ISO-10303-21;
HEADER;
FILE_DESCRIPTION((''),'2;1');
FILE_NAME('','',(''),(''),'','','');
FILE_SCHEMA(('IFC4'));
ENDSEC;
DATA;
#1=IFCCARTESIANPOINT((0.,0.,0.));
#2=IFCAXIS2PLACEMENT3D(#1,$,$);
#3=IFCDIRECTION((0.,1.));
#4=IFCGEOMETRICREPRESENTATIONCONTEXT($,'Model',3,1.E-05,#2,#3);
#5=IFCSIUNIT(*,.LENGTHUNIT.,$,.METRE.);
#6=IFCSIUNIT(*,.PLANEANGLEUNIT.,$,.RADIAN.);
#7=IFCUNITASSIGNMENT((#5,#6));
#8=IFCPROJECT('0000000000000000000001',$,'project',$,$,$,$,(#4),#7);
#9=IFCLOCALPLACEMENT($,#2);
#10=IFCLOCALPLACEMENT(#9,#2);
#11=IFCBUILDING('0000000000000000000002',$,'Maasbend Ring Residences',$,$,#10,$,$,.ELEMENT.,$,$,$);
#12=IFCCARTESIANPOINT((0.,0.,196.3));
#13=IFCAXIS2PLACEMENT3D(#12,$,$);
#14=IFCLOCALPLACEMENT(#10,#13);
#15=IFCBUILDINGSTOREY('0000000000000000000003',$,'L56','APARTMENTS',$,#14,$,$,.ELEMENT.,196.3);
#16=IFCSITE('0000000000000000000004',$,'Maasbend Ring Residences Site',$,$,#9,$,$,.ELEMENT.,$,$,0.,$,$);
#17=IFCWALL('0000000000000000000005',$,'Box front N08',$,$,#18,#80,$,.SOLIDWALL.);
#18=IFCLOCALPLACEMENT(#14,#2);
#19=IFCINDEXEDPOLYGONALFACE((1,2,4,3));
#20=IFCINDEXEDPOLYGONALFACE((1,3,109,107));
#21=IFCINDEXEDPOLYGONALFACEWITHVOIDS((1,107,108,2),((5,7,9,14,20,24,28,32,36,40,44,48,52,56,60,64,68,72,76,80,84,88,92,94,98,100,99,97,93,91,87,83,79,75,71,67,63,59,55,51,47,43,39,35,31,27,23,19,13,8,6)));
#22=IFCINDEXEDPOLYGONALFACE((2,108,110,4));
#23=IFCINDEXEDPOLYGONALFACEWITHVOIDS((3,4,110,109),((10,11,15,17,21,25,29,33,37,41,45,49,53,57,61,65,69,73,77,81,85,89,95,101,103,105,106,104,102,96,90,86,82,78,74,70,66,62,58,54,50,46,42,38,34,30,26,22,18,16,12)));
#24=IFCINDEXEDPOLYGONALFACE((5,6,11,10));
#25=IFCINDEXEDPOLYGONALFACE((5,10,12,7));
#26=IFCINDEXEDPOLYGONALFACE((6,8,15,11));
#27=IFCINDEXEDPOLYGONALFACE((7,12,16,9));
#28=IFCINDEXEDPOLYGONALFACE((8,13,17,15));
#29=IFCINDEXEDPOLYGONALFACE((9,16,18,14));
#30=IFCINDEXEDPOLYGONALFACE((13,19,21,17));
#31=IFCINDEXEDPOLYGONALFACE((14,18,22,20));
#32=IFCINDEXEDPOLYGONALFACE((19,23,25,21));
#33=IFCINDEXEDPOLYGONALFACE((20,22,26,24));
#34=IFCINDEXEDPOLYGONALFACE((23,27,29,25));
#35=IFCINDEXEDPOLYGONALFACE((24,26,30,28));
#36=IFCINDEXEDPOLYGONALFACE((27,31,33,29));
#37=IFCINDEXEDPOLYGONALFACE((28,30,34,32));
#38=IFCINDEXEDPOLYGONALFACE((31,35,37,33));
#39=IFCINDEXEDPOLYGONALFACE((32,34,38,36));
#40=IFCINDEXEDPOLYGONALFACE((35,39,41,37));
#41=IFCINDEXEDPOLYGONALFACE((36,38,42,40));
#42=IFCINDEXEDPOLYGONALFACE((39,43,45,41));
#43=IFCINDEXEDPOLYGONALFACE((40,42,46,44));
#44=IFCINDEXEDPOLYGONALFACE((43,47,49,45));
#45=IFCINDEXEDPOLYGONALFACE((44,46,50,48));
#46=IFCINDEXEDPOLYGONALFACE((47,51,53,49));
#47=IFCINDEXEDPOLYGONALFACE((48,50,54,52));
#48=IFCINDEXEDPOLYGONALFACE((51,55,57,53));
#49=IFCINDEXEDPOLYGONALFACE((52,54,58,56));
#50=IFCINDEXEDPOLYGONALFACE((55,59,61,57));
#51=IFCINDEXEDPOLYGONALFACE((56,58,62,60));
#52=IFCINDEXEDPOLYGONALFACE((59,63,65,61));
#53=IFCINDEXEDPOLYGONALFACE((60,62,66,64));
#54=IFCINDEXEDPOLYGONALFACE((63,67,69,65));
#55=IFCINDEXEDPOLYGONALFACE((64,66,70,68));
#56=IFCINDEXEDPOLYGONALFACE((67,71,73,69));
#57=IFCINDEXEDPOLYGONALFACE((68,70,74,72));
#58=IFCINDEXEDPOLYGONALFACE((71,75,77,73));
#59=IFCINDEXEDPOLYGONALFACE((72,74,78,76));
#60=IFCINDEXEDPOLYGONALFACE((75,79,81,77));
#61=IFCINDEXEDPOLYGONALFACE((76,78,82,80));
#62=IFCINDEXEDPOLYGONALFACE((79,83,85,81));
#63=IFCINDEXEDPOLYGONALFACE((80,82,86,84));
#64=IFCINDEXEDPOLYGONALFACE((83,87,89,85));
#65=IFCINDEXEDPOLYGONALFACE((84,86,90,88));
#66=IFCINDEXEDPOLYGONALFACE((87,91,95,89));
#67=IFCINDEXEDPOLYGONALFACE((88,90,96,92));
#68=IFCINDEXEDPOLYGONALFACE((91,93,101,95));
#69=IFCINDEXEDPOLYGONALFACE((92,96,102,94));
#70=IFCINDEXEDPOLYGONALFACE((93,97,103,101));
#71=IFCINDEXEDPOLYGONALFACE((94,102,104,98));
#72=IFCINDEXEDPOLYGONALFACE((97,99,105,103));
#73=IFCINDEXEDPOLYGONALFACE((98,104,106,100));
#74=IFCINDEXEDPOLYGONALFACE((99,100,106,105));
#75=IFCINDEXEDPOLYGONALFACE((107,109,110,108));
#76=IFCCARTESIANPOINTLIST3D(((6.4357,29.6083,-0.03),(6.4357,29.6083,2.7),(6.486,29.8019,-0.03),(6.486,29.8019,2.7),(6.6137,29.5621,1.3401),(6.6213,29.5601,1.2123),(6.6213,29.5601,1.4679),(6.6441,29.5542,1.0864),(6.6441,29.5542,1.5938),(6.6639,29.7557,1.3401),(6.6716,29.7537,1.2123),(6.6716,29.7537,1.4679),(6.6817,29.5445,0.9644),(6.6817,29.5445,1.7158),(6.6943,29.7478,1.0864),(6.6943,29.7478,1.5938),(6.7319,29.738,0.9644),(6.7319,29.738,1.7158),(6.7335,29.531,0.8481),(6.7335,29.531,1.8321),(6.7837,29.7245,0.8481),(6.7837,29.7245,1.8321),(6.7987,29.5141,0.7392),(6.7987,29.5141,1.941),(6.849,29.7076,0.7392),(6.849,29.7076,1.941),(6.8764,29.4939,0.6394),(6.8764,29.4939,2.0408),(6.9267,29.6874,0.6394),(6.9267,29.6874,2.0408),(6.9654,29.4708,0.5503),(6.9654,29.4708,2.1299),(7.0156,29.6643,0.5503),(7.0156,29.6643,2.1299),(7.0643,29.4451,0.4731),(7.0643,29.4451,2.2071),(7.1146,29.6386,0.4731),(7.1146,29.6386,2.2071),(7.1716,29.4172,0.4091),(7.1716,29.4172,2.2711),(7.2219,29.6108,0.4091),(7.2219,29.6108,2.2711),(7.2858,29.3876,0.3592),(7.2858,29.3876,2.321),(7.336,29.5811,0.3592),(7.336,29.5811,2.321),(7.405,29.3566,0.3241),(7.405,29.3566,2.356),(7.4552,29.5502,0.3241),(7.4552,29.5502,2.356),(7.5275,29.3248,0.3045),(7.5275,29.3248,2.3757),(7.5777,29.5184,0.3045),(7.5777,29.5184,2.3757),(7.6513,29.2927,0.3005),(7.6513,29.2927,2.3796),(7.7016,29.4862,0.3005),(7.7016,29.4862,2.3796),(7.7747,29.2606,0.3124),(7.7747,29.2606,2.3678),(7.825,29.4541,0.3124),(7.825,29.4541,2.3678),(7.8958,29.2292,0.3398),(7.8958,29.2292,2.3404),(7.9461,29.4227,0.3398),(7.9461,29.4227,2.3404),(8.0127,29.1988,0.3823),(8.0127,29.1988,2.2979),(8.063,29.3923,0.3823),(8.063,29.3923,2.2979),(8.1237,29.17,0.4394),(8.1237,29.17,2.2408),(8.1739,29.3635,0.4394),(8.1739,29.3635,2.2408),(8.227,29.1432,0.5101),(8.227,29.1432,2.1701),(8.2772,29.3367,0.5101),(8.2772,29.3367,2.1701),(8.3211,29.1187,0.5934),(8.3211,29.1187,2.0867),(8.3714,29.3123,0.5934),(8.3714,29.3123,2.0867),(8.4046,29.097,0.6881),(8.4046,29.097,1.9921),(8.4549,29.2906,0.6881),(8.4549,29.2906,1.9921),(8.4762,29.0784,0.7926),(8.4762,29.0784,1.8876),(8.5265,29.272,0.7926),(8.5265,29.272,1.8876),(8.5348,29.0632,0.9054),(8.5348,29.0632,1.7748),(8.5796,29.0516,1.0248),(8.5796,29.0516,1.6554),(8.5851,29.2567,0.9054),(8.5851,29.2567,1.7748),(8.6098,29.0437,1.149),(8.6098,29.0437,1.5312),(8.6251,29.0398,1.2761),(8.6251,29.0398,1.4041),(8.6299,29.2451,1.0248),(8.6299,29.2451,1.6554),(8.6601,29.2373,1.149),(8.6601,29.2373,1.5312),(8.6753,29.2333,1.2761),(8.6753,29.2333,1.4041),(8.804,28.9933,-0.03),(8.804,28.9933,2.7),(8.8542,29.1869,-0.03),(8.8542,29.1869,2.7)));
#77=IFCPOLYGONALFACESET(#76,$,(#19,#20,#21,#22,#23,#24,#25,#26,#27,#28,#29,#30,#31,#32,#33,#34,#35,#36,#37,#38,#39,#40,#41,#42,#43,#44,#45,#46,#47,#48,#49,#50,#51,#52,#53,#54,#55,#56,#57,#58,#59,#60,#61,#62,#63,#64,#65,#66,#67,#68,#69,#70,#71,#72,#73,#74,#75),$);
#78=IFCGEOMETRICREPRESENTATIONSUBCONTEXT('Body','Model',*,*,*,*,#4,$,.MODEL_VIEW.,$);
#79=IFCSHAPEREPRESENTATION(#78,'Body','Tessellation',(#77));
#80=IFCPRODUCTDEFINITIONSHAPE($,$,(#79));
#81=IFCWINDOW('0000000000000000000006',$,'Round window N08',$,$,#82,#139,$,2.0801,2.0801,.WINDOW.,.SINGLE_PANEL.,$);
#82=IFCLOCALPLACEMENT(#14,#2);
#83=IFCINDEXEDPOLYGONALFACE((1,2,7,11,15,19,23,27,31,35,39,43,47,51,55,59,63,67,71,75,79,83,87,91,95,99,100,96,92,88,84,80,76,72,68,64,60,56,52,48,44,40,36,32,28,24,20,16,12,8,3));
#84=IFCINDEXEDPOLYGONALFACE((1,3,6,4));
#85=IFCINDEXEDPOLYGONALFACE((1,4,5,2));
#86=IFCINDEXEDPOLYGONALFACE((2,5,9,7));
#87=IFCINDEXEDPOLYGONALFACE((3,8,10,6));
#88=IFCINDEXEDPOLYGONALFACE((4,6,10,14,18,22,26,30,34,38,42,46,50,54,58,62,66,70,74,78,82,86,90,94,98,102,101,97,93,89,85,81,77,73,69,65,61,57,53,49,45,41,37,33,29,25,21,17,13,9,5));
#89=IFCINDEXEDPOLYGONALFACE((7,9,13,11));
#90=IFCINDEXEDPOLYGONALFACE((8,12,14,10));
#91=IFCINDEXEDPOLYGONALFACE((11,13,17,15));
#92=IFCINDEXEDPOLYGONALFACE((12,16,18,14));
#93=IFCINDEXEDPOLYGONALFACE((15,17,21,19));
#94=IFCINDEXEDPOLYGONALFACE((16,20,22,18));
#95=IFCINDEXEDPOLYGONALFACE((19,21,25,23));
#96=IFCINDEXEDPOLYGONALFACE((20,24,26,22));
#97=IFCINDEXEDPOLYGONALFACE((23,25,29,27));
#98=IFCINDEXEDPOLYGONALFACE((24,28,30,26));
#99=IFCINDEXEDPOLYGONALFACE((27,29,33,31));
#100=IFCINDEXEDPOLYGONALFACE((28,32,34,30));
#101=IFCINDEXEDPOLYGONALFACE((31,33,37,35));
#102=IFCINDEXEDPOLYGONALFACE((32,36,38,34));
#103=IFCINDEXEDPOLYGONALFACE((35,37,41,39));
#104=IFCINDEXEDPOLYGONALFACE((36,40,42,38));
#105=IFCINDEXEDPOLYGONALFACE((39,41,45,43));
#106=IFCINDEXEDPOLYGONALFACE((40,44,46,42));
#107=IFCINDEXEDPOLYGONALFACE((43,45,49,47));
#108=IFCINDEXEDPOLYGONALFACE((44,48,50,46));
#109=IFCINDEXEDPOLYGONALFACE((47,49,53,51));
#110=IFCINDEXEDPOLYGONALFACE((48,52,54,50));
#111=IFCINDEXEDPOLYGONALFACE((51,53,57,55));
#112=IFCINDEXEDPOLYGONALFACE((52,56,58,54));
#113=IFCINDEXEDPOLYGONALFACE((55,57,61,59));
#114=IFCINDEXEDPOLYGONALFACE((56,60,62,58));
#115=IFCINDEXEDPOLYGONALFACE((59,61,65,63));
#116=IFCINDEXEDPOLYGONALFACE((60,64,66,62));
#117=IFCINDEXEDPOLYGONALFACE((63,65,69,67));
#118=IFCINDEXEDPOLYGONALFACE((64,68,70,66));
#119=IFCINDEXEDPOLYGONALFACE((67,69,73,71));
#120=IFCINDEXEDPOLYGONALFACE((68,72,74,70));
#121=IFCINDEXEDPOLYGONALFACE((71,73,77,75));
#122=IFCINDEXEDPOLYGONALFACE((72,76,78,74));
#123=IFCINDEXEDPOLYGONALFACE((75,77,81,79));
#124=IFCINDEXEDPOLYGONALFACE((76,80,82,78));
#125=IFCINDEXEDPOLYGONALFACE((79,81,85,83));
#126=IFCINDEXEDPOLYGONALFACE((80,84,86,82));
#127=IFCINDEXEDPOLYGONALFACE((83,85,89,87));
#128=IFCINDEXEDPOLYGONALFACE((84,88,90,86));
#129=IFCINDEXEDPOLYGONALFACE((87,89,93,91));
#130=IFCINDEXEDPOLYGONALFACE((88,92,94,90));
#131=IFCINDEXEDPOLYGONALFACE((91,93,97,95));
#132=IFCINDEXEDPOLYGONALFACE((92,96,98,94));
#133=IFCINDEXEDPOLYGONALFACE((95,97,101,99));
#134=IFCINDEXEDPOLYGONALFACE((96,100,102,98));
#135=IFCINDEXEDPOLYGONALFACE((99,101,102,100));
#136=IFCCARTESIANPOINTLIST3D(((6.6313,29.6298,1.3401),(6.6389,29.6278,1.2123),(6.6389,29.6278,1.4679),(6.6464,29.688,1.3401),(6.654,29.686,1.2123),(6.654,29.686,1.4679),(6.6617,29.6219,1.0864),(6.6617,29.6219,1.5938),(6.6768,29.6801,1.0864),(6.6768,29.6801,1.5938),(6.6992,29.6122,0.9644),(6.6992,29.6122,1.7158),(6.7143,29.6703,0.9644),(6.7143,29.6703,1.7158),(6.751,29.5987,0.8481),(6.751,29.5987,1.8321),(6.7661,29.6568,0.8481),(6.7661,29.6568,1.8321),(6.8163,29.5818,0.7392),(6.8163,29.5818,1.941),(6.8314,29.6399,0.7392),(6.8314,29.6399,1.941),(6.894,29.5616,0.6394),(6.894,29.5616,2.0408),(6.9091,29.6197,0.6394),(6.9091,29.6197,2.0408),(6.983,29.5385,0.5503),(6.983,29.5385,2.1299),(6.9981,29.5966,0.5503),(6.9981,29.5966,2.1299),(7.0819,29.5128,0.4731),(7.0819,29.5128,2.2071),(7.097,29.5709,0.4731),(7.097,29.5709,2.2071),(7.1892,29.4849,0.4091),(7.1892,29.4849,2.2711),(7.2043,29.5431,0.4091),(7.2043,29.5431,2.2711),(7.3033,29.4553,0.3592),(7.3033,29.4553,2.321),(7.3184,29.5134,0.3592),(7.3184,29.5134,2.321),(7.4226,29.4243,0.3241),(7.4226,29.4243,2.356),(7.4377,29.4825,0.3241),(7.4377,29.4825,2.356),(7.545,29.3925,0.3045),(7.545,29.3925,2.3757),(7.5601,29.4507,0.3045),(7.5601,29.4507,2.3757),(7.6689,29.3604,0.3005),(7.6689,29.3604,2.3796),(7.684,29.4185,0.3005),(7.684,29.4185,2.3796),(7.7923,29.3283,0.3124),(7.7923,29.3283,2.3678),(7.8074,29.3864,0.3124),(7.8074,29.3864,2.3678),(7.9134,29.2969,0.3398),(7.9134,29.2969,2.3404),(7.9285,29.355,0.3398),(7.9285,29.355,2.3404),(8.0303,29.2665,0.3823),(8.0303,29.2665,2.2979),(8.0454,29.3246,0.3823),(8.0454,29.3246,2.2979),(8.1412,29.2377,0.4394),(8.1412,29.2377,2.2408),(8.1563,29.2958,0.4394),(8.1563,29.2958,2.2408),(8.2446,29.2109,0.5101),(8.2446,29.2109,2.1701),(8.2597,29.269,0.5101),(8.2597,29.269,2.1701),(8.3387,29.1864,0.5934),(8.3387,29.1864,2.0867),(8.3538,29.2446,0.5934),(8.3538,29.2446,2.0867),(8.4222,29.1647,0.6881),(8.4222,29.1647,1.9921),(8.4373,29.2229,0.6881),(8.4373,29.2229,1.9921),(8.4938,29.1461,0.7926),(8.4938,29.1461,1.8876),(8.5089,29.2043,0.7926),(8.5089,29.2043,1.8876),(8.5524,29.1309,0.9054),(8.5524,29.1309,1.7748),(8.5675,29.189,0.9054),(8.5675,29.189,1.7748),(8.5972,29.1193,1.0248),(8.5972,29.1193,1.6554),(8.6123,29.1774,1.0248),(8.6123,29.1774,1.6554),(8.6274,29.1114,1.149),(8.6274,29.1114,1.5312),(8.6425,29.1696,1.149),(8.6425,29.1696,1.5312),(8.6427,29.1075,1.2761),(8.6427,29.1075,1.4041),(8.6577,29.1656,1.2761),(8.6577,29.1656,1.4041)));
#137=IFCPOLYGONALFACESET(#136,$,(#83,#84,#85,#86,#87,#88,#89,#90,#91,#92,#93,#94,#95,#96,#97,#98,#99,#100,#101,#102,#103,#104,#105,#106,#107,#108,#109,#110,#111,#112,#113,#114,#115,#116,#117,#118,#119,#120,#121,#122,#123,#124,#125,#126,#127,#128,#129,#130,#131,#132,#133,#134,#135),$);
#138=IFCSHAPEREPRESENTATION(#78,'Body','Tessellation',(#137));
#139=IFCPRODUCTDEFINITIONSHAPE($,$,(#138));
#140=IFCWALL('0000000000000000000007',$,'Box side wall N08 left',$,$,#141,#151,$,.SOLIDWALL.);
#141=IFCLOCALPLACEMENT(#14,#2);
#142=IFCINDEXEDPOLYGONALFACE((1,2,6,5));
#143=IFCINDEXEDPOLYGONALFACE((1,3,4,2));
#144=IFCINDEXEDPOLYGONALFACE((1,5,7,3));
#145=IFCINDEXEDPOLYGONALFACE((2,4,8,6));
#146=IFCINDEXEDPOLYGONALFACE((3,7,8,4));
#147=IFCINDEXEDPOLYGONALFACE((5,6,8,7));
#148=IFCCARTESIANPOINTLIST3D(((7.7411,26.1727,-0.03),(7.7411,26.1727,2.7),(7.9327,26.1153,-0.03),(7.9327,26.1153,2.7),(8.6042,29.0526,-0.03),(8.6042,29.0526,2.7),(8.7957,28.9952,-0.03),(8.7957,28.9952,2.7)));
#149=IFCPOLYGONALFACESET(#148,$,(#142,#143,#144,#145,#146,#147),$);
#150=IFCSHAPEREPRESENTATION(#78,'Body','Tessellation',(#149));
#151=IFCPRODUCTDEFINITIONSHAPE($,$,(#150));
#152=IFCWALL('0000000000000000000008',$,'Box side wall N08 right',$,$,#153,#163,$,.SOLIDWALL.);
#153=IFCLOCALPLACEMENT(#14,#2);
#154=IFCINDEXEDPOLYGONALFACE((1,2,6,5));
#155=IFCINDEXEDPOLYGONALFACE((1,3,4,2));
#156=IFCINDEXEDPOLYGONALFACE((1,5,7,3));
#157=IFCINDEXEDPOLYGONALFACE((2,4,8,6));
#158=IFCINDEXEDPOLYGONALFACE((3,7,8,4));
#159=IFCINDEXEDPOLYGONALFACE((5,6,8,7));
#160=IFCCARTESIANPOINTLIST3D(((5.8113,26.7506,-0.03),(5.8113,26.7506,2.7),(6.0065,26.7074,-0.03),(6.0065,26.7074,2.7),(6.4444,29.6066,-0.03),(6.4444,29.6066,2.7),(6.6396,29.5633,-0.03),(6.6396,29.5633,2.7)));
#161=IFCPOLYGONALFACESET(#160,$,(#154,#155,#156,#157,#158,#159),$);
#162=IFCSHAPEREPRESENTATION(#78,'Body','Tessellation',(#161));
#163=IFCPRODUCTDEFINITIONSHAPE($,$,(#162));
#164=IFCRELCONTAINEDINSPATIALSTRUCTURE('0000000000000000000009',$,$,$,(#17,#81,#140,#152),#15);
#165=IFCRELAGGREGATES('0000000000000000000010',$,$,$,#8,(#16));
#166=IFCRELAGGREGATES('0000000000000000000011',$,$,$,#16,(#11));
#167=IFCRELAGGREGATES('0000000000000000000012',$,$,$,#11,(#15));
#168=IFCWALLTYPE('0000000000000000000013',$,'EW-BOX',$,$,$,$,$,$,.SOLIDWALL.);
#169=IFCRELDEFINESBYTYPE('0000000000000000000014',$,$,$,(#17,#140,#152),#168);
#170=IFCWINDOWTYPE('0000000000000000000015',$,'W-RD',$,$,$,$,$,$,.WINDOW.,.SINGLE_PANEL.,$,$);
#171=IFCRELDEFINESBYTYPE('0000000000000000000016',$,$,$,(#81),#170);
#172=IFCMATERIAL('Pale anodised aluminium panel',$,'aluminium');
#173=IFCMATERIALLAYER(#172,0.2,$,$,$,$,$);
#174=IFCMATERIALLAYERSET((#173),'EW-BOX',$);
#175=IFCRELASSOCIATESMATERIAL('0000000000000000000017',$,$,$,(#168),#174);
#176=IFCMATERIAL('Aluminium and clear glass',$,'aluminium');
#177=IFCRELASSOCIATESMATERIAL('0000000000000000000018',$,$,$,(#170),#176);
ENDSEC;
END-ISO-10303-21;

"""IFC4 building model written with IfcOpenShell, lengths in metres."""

from ifc_helpers import new_model, si_unit, direction, frame, frame_2d, origin, place, context, subcontext, project, spatial, rectangle, circle, extrude, material, layer, layer_set, type_object, element, fill, save


model = new_model("IFC4")

# Units and contexts
model_context = context("Model", 3, precision=1e-05, world=origin(), true_north=direction((0.0, 1.0)))
body_context = subcontext(model_context, "Body", "Model", "MODEL_VIEW")
ifc_project = project(units=[si_unit("LENGTHUNIT", "METRE"), si_unit("PLANEANGLEUNIT", "RADIAN")], contexts=[model_context])

# Site, building, storey
site_placement = place(None, origin())
site = spatial("IfcSite", under=ifc_project, at=site_placement, Name="Maasbend Ring Residences Site", CompositionType="ELEMENT", RefElevation=0.0)
building_placement = place(site_placement, origin())
building = spatial("IfcBuilding", under=site, at=building_placement, Name="Maasbend Ring Residences", CompositionType="ELEMENT")
storey_placement = place(building_placement, frame((0.0, 0.0, 196.3)))
storey = spatial("IfcBuildingStorey", under=building, at=storey_placement, Name="L56", Description="APARTMENTS", CompositionType="ELEMENT", Elevation=196.3)

# Wall, opening, window
ifc_material_1 = material(Name="Pale anodised aluminium panel", Category="aluminium")
ifc_layer_1 = layer(ifc_material_1, 0.2)
ifc_layer_set_1 = layer_set([ifc_layer_1], Name="EW-BOX")
wall_type_1 = type_object("IfcWallType", Name="EW-BOX", PredefinedType="SOLIDWALL", material=ifc_layer_set_1)
wall_1_placement = place(storey_placement, frame((8.8291, 29.0901, -0.03), z_axis=(0.0, 0.0, 1.0), x_axis=(-0.967895, 0.251353, 0.0)))
wall_1 = element("IfcWall", 1, at=wall_1_placement, inside=storey, type_object=wall_type_1, Name="Box front N08", PredefinedType="SOLIDWALL", context=body_context, shape_type="SweptSolid", body=[
    extrude(rectangle(XDim=2.4468, YDim=0.2, at=frame_2d((1.2234, 0.0))), origin(), (0.0, 0.0, 1.0), 2.73),
])
opening_1_placement = place(wall_1_placement, frame((0.1829, 0.0, 0.3301)))
opening_1 = element("IfcOpeningElement", 2, at=opening_1_placement, cuts=wall_1, PredefinedType="OPENING", context=body_context, shape_type="SweptSolid", body=[
    extrude(circle(Radius=1.04, at=frame_2d((1.04, 1.04))), frame((0.0, 0.1099, 0.0), z_axis=(0.0, -1.0, 0.0), x_axis=(1.0, 0.0, 0.0)), (0.0, 0.0, 1.0), 0.22),
])
ifc_material_2 = material(Name="Aluminium and clear glass", Category="aluminium")
window_type_1 = type_object("IfcWindowType", Name="W-RD", PartitioningType="SINGLE_PANEL", PredefinedType="WINDOW", material=ifc_material_2)
window_1_placement = place(opening_1_placement, origin())
window_1 = element("IfcWindow", 3, at=window_1_placement, inside=storey, type_object=window_type_1, Name="Round window N08", OverallHeight=2.0801, OverallWidth=2.0801, PartitioningType="SINGLE_PANEL", PredefinedType="WINDOW", context=body_context, shape_type="SweptSolid", body=[
    extrude(circle(Radius=1.04, at=frame_2d((1.04, 1.04))), frame((0.0, 0.03, 0.0), z_axis=(0.0, -1.0, 0.0), x_axis=(1.0, 0.0, 0.0)), (0.0, 0.0, 1.0), 0.0601),
])
fill(opening_1, window_1)

# Walls
wall_2_placement = place(storey_placement, frame((7.8369, 26.144, -0.03), z_axis=(0.0, 0.0, 1.0), x_axis=(0.287065, 0.957911, 0.0)))
element("IfcWall", 4, at=wall_2_placement, inside=storey, type_object=wall_type_1, Name="Box side wall N08 left", PredefinedType="SOLIDWALL", context=body_context, shape_type="SweptSolid", body=[
    extrude(rectangle(XDim=3.0063, YDim=0.2, at=frame_2d((1.5032, 0.0))), origin(), (0.0, 0.0, 1.0), 2.73),
])
wall_3_placement = place(storey_placement, frame((5.9089, 26.729, -0.03), z_axis=(0.0, 0.0, 1.0), x_axis=(0.216409, 0.976303, 0.0)))
element("IfcWall", 5, at=wall_3_placement, inside=storey, type_object=wall_type_1, Name="Box side wall N08 right", PredefinedType="SOLIDWALL", context=body_context, shape_type="SweptSolid", body=[
    extrude(rectangle(XDim=2.9253, YDim=0.2, at=frame_2d((1.4626, 0.0))), origin(), (0.0, 0.0, 1.0), 2.73),
])

save(model, "model.ifc")
